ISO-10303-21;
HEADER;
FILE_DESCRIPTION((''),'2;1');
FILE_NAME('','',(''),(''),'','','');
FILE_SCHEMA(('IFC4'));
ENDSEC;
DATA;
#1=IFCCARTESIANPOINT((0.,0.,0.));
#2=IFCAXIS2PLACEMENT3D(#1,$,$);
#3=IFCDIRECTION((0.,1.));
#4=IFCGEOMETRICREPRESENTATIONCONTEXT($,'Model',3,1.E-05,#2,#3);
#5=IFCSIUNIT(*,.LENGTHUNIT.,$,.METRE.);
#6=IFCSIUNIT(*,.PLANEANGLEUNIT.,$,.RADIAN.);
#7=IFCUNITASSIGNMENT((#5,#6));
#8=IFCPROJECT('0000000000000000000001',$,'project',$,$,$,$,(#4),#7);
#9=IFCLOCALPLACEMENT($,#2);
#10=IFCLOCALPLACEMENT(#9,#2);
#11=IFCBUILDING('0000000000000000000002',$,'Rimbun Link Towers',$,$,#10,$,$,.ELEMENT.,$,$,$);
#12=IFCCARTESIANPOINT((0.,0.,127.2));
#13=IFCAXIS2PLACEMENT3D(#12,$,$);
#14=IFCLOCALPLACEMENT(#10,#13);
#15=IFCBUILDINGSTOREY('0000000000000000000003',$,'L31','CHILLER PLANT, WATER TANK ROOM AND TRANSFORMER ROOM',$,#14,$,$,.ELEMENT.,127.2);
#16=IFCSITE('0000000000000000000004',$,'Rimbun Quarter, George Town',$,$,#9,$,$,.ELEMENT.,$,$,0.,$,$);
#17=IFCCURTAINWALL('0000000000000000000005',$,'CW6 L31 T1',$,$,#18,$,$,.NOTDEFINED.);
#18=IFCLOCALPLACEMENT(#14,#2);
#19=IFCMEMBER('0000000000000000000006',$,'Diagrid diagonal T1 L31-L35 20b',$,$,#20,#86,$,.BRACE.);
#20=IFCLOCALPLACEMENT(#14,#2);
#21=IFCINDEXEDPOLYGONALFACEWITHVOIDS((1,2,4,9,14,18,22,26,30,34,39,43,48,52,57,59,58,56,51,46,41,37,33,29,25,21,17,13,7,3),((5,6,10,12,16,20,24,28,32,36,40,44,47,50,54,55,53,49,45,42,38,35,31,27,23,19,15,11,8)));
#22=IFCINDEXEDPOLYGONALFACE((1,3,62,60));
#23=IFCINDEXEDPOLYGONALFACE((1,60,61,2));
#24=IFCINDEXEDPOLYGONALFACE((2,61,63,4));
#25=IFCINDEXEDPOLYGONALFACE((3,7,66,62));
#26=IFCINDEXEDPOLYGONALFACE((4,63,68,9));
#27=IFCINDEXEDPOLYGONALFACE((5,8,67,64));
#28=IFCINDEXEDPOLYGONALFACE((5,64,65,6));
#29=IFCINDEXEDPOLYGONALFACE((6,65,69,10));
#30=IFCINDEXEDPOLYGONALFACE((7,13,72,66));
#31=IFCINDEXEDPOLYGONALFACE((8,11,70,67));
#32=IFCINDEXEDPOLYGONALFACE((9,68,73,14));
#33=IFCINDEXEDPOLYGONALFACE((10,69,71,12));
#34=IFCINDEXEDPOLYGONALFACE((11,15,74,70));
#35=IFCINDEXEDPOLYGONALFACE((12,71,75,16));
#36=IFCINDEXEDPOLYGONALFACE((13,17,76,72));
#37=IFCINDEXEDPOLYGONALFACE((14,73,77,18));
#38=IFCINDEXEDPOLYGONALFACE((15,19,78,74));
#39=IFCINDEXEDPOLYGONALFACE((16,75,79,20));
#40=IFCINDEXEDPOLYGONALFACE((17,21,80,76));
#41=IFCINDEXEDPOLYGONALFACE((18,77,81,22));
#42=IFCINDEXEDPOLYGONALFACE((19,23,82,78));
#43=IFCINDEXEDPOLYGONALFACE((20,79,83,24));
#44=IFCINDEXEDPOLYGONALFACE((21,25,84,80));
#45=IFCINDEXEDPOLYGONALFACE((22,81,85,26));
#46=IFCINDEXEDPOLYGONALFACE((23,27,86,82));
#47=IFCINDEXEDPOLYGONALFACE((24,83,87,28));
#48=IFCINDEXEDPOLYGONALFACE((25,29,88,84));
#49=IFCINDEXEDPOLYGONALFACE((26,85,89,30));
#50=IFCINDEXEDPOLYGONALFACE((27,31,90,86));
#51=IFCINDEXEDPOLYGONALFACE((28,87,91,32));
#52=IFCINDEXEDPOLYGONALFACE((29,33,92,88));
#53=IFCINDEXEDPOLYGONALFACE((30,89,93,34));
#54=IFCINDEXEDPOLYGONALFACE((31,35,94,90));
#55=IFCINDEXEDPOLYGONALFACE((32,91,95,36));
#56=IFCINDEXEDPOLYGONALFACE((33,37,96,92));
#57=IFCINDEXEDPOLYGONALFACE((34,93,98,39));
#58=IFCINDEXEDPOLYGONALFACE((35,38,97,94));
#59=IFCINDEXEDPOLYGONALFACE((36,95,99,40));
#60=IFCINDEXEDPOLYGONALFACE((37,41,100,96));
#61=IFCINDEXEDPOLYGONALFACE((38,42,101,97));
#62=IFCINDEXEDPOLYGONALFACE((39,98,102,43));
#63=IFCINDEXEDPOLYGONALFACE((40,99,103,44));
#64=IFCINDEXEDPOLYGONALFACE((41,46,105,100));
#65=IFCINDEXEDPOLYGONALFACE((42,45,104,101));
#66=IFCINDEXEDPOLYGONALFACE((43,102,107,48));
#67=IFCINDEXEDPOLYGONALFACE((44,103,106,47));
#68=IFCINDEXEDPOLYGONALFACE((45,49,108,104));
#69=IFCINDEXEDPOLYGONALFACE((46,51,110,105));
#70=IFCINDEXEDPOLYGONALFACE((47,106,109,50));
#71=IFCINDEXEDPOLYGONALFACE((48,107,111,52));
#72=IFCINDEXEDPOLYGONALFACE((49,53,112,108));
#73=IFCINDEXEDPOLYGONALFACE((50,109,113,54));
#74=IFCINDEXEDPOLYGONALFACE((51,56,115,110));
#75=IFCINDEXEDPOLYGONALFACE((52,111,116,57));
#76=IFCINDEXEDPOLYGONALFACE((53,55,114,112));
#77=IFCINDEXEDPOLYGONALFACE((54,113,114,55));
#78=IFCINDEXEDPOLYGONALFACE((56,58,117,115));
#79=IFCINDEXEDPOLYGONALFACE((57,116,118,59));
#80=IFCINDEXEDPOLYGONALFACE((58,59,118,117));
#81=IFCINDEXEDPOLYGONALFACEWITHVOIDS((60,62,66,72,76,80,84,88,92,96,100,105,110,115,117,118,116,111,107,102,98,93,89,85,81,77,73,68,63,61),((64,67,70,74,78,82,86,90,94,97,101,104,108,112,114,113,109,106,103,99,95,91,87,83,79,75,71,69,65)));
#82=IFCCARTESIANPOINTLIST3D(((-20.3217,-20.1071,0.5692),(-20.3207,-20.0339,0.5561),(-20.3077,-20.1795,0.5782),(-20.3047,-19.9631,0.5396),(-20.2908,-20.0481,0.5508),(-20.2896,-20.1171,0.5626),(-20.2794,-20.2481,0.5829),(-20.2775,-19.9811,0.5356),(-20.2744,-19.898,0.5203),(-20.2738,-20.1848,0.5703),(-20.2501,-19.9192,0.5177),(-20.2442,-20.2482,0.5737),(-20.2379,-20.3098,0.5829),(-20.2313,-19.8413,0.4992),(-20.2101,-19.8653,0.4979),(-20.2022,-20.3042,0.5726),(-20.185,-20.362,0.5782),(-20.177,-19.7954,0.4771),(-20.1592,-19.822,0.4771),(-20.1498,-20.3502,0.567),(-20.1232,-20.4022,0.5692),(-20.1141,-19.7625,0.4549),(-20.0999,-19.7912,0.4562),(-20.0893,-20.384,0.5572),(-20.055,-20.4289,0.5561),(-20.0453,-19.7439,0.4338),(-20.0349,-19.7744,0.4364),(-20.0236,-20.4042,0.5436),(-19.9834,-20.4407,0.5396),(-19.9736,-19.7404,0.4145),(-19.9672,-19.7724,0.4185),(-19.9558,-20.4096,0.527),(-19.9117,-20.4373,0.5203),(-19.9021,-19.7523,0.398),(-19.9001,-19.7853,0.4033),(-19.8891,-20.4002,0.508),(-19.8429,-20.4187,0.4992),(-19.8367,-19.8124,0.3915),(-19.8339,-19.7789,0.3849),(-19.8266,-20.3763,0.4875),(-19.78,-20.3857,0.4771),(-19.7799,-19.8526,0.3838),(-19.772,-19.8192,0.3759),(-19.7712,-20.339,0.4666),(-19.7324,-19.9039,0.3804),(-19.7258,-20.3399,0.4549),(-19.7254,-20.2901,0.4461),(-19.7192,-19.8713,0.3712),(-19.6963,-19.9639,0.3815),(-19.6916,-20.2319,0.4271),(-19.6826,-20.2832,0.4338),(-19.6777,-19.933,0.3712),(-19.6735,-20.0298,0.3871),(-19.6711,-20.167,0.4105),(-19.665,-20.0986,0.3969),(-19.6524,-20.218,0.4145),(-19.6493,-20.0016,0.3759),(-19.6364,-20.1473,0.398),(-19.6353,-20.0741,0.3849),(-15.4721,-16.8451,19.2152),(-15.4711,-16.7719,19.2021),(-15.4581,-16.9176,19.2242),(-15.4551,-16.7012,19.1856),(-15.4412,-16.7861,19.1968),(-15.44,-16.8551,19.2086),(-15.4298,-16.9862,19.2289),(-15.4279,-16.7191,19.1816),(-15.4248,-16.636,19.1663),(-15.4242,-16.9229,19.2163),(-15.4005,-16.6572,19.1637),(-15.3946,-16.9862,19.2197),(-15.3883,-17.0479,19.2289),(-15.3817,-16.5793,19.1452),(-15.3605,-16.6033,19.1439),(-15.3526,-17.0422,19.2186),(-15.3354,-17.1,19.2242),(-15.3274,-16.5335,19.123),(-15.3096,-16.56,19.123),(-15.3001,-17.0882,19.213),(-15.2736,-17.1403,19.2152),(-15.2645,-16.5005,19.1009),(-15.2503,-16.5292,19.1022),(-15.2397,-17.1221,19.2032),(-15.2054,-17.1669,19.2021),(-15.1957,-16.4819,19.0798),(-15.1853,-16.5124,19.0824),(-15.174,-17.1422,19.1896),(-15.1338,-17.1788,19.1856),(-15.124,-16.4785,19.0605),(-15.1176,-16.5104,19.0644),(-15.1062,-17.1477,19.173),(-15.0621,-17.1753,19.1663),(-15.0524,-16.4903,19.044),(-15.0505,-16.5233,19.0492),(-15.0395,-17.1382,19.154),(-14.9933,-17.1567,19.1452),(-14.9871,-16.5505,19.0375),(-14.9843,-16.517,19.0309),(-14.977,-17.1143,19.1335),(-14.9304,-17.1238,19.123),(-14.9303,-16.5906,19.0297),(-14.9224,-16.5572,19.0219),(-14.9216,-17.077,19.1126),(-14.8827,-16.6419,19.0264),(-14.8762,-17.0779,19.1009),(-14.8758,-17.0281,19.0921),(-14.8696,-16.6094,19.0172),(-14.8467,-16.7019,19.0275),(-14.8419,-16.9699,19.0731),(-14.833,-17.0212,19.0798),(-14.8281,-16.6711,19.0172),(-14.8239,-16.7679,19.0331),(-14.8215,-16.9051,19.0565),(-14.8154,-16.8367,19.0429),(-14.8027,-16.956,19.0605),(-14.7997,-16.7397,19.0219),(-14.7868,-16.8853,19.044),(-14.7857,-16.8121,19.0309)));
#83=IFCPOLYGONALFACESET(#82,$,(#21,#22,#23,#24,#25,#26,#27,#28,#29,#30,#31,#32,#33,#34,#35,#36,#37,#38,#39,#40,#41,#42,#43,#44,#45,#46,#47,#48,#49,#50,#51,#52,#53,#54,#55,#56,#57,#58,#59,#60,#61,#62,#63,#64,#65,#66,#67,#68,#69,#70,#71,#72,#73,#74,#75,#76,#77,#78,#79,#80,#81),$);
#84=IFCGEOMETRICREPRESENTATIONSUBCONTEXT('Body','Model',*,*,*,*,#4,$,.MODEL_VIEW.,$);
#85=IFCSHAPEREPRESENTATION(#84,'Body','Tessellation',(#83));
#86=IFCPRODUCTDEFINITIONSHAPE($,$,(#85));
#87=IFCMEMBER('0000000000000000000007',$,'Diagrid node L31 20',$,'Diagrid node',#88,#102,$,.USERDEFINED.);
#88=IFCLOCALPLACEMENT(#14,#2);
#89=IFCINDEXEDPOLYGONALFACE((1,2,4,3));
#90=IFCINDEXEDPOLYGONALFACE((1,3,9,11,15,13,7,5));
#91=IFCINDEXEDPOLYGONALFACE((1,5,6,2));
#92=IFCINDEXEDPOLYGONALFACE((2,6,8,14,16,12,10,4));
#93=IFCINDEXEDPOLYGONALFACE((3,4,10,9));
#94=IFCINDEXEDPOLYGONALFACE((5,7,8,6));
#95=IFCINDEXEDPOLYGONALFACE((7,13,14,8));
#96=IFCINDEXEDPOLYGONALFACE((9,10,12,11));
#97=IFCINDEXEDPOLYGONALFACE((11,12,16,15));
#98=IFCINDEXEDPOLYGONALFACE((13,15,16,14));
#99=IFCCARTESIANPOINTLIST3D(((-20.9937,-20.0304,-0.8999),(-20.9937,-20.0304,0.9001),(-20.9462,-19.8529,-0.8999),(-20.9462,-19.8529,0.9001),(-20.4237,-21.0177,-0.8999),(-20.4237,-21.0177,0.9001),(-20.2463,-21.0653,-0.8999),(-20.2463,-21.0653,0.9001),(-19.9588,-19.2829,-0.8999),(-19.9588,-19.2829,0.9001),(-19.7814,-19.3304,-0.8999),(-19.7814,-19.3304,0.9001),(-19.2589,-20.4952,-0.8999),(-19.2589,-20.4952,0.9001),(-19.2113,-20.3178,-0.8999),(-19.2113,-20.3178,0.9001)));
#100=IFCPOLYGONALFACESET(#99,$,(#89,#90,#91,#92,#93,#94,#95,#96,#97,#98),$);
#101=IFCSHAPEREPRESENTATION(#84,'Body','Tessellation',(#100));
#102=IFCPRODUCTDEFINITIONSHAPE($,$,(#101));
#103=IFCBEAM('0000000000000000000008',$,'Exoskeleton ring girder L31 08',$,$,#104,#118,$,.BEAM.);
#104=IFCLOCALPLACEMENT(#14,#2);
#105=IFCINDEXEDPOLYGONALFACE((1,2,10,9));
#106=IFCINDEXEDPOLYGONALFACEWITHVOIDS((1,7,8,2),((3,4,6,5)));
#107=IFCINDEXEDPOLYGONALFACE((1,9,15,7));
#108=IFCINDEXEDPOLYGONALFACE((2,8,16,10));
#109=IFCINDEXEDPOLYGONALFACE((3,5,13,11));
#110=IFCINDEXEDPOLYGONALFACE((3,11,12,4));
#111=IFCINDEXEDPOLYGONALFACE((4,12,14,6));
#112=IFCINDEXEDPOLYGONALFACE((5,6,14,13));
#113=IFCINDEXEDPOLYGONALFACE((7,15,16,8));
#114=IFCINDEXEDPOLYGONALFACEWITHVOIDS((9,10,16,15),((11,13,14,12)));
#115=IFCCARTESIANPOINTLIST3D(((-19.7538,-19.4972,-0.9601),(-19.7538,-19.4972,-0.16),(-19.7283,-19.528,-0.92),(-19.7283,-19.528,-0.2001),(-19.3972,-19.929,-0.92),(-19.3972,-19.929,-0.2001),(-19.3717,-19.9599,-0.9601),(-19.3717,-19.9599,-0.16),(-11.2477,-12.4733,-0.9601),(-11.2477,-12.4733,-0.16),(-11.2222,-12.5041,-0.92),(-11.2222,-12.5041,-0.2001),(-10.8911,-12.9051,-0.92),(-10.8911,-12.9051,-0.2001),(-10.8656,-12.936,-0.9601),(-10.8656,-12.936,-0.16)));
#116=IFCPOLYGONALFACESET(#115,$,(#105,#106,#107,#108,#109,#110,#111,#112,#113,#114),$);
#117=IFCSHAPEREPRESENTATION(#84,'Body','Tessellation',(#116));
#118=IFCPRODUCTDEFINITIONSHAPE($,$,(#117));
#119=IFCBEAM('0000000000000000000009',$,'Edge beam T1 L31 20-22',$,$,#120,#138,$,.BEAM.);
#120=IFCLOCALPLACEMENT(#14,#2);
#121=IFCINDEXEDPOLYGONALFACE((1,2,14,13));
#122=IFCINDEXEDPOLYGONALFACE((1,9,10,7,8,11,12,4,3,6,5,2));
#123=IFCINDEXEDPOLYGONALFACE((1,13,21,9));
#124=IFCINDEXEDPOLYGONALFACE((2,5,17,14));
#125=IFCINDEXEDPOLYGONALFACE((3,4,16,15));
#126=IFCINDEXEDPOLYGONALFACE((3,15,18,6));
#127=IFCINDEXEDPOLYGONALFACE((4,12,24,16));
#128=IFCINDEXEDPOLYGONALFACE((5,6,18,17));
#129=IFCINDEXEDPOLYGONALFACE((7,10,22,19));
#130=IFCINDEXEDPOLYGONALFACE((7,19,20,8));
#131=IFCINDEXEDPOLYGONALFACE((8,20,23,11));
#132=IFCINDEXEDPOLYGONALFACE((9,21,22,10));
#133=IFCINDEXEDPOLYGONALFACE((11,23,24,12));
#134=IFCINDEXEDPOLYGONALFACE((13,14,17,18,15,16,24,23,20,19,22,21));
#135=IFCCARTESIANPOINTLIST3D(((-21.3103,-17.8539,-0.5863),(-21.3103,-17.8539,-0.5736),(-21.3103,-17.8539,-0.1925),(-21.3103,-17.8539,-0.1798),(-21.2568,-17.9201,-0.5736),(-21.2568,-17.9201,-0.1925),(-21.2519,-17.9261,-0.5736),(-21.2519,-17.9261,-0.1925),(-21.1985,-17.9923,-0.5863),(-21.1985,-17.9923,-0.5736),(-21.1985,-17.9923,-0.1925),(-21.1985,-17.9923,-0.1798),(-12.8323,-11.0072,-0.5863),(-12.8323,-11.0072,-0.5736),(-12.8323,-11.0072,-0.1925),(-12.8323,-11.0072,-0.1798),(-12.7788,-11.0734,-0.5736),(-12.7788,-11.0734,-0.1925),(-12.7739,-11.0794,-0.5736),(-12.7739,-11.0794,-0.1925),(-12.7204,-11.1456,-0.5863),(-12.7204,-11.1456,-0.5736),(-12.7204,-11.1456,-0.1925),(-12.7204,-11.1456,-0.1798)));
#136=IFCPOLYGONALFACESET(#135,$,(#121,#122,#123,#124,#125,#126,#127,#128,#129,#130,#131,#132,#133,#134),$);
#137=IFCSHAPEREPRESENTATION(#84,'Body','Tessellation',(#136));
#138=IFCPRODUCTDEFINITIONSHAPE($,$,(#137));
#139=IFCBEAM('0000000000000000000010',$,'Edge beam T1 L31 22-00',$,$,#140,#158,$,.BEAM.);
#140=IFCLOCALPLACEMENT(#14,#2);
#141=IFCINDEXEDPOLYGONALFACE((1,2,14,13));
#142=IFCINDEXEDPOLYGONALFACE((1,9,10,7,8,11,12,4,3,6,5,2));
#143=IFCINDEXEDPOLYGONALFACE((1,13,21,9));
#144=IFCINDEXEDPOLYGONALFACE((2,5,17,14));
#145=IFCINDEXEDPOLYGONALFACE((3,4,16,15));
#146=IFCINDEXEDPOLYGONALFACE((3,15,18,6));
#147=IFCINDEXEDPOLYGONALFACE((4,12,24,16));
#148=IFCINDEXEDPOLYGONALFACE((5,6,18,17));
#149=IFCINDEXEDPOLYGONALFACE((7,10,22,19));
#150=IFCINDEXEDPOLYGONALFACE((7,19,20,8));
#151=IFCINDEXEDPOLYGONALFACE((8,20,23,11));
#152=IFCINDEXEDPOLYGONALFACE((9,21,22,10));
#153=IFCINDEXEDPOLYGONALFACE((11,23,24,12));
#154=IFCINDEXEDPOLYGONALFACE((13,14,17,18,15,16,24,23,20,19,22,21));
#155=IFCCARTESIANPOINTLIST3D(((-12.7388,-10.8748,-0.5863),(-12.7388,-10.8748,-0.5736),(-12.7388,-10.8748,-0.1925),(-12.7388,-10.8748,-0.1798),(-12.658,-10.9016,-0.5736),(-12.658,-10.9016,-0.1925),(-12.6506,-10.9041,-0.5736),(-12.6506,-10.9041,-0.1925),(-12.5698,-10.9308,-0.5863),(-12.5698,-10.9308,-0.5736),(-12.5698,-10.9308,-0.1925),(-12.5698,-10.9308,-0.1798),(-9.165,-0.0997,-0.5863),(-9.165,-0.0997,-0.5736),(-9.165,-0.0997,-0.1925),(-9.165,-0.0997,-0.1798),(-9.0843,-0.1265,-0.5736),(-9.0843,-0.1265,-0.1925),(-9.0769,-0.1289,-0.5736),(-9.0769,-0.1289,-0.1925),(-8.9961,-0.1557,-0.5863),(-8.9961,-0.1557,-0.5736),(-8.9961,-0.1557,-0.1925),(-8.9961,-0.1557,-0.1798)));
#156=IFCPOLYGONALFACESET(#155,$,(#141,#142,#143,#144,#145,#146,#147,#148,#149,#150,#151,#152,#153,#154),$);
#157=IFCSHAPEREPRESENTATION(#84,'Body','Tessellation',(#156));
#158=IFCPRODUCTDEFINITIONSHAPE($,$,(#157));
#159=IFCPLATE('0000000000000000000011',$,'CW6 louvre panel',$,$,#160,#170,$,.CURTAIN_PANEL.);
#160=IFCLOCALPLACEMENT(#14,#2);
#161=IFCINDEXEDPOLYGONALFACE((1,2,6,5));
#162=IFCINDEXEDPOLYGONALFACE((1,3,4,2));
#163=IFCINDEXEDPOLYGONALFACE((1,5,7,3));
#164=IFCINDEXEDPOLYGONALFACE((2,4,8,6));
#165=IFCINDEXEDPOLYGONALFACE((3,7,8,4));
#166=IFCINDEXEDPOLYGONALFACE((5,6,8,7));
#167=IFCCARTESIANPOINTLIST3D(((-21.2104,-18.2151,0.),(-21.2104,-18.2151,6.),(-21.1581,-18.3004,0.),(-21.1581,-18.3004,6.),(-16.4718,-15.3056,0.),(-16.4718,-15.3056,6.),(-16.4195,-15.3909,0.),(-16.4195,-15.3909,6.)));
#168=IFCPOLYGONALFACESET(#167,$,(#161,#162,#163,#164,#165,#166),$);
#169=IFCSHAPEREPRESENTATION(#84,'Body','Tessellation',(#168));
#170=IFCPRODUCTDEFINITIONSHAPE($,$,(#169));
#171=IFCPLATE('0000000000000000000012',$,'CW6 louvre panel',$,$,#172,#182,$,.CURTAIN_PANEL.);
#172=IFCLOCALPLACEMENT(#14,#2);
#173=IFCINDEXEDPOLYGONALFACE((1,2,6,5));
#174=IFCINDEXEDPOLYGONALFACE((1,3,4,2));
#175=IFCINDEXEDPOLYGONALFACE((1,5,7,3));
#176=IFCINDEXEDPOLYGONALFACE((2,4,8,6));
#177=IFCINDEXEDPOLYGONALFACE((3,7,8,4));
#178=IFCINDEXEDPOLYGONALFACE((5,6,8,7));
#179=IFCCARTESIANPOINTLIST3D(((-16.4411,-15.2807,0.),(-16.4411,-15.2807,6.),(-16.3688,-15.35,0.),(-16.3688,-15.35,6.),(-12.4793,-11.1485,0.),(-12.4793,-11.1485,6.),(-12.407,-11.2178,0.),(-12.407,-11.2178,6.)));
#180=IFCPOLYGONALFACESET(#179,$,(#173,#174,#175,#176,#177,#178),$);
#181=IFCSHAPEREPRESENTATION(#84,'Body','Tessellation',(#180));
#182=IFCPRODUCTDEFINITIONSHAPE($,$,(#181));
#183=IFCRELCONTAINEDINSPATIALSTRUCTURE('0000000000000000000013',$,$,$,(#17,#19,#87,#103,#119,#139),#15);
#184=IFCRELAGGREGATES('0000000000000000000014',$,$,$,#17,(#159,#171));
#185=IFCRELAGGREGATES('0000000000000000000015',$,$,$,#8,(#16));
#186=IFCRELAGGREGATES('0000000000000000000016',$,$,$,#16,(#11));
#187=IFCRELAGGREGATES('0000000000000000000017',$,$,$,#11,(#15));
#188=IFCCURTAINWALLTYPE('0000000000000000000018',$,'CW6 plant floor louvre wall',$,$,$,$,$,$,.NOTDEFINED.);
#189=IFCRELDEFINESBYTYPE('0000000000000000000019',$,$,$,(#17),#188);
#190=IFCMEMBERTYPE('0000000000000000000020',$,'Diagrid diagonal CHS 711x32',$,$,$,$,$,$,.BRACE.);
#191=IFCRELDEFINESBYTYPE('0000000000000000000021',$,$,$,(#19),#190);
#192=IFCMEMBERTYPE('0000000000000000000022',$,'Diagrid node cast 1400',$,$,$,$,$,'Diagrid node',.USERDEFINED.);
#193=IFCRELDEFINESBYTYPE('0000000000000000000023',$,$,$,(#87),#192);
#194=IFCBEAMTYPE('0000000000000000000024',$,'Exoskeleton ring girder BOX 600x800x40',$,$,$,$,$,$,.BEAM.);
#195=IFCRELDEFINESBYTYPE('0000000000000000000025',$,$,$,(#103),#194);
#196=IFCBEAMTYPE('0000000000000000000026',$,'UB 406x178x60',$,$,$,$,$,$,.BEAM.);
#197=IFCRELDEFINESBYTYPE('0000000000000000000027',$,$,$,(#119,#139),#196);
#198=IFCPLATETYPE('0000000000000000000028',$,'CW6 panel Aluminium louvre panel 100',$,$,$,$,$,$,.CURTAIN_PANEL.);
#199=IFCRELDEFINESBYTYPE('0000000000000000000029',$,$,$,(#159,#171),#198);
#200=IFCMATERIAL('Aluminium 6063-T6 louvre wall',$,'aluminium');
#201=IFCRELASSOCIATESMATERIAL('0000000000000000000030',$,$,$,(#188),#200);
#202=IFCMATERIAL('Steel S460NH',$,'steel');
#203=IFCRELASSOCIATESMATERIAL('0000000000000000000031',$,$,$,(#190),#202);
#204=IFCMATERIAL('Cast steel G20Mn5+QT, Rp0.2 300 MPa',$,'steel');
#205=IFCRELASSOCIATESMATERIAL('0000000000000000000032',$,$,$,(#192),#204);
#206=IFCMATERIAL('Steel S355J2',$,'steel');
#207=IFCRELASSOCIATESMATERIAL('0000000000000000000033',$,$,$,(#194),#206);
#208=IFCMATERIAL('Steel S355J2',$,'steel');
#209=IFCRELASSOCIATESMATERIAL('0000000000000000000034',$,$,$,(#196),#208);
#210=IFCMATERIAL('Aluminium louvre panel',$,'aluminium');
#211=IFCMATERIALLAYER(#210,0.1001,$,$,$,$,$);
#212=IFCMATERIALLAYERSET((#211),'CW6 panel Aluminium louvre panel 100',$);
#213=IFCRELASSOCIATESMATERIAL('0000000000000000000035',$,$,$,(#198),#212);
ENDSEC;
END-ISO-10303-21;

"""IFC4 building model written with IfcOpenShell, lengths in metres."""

from ifc_helpers import new_model, si_unit, direction, frame, origin, origin_2d, place, context, subcontext, project, spatial, polyline, rectangle, hollow_rectangle, hollow_circle, i_section, outline, extrude, material, layer, layer_set, material_profile, profile_set, type_object, element, aggregate, save


model = new_model("IFC4")

# Units and contexts
model_context = context("Model", 3, precision=1e-05, world=origin(), true_north=direction((0.0, 1.0)))
body_context = subcontext(model_context, "Body", "Model", "MODEL_VIEW")
ifc_project = project(units=[si_unit("LENGTHUNIT", "METRE"), si_unit("PLANEANGLEUNIT", "RADIAN")], contexts=[model_context])

# Site, building, storey
site_placement = place(None, origin())
site = spatial("IfcSite", under=ifc_project, at=site_placement, Name="Rimbun Quarter, George Town", CompositionType="ELEMENT", RefElevation=0.0)
building_placement = place(site_placement, origin())
building = spatial("IfcBuilding", under=site, at=building_placement, Name="Rimbun Link Towers", CompositionType="ELEMENT")
storey_placement = place(building_placement, frame((0.0, 0.0, 127.2)))
storey = spatial("IfcBuildingStorey", under=building, at=storey_placement, Name="L31", Description="CHILLER PLANT, WATER TANK ROOM AND TRANSFORMER ROOM", CompositionType="ELEMENT", Elevation=127.2)

# Curtain wall
ifc_material_1 = material(Name="Aluminium 6063-T6 louvre wall", Category="aluminium")
curtain_wall_type = type_object("IfcCurtainWallType", Name="CW6 plant floor louvre wall", PredefinedType="NOTDEFINED", material=ifc_material_1)
curtain_wall_placement = place(storey_placement, origin())
curtain_wall = element("IfcCurtainWall", 1, at=curtain_wall_placement, inside=storey, type_object=curtain_wall_type, Name="CW6 L31 T1", PredefinedType="NOTDEFINED")

# Members
ifc_material_2 = material(Name="Steel S460NH", Category="steel")
ifc_material_profile_1 = material_profile(ifc_material_2, hollow_circle(Radius=0.3557, WallThickness=0.032, at=origin_2d()), Name="Diagrid diagonal CHS 711x32")
ifc_profile_set_1 = profile_set([ifc_material_profile_1], Name="Steel S460NH")
member_type_1 = type_object("IfcMemberType", Name="Diagrid diagonal CHS 711x32", PredefinedType="BRACE", material=ifc_profile_set_1)
member_1_placement = place(storey_placement, frame((-19.9785, -20.0906, 0.4771), z_axis=(0.248182, 0.166933, 0.954222), x_axis=(-0.558118, 0.829762, 0.0)))
element("IfcMember", 2, at=member_1_placement, inside=storey, type_object=member_type_1, Name="Diagrid diagonal T1 L31-L35 20b", PredefinedType="BRACE", context=body_context, shape_type="SweptSolid", body=[
    extrude(hollow_circle(Radius=0.3557, WallThickness=0.032, at=origin_2d()), origin(), (0.0, 0.0, 1.0), 19.5405),
])
ifc_material_3 = material(Name="Cast steel G20Mn5+QT, Rp0.2 300 MPa", Category="steel")
ifc_material_profile_2 = material_profile(ifc_material_3, outline(polyline([(0.7, -0.5701), (0.7, 0.5701), (0.5701, 0.7), (-0.5701, 0.7), (-0.7, 0.5701), (-0.7, -0.5701), (-0.5701, -0.7), (0.5701, -0.7), (0.7, -0.5701)])), Name="NODE 1400x1400")
ifc_profile_set_2 = profile_set([ifc_material_profile_2], Name="Cast steel G20Mn5+QT, Rp0.2 300 MPa")
member_type_2 = type_object("IfcMemberType", Name="Diagrid node cast 1400", ElementType="Diagrid node", PredefinedType="USERDEFINED", material=ifc_profile_set_2)
member_2_placement = place(storey_placement, frame((-20.1025, -20.1741, -0.8999), z_axis=(0.0, 0.0, 1.0), x_axis=(0.5, -0.866025, 0.0)))
element("IfcMember", 3, at=member_2_placement, inside=storey, type_object=member_type_2, Name="Diagrid node L31 20", ObjectType="Diagrid node", PredefinedType="USERDEFINED", context=body_context, shape_type="SweptSolid", body=[
    extrude(outline(polyline([(0.7, -0.5701), (0.7, 0.5701), (0.5701, 0.7), (-0.5701, 0.7), (-0.7, 0.5701), (-0.7, -0.5701), (-0.5701, -0.7), (0.5701, -0.7), (0.7, -0.5701)])), origin(), (0.0, 0.0, 1.0), 1.8),
])

# Beams
ifc_material_4 = material(Name="Steel S355J2", Category="steel")
ifc_material_profile_3 = material_profile(ifc_material_4, hollow_rectangle(XDim=0.6001, YDim=0.8, WallThickness=0.04, at=origin_2d()), Name="Exoskeleton ring girder BOX 600x800x40")
ifc_profile_set_3 = profile_set([ifc_material_profile_3], Name="Steel S355J2")
beam_type_1 = type_object("IfcBeamType", Name="Exoskeleton ring girder BOX 600x800x40", PredefinedType="BEAM", material=ifc_profile_set_3)
beam_1_placement = place(storey_placement, frame((-19.5627, -19.7285, -0.5601), z_axis=(0.771089, 0.636728, 0.0), x_axis=(-0.636728, 0.771089, 0.0)))
element("IfcBeam", 4, at=beam_1_placement, inside=storey, type_object=beam_type_1, Name="Exoskeleton ring girder L31 08", PredefinedType="BEAM", context=body_context, shape_type="SweptSolid", body=[
    extrude(hollow_rectangle(XDim=0.6001, YDim=0.8, WallThickness=0.04, at=origin_2d()), origin(), (0.0, 0.0, 1.0), 11.0312),
])
ifc_material_5 = material(Name="Steel S355J2", Category="steel")
ifc_material_profile_4 = material_profile(ifc_material_5, i_section(OverallWidth=0.178, OverallDepth=0.4065, WebThickness=0.0078, FlangeThickness=0.0127, at=origin_2d()), Name="UB 406x178x60")
ifc_profile_set_4 = profile_set([ifc_material_profile_4], Name="Steel S355J2")
beam_type_2 = type_object("IfcBeamType", Name="UB 406x178x60", PredefinedType="BEAM", material=ifc_profile_set_4)
beam_2_placement = place(storey_placement, frame((-21.2544, -17.9231, -0.3831), z_axis=(0.777984, 0.628284, 0.0), x_axis=(-0.628284, 0.777984, 0.0)))
element("IfcBeam", 5, at=beam_2_placement, inside=storey, type_object=beam_type_2, Name="Edge beam T1 L31 20-22", PredefinedType="BEAM", context=body_context, shape_type="SweptSolid", body=[
    extrude(i_section(OverallWidth=0.178, OverallDepth=0.4065, WebThickness=0.0078, FlangeThickness=0.0127, at=origin_2d()), origin(), (0.0, 0.0, 1.0), 10.8975),
])
beam_3_placement = place(storey_placement, frame((-12.6543, -10.9028, -0.3831), z_axis=(0.314802, 0.949158, 0.0), x_axis=(-0.949158, 0.314802, 0.0)))
element("IfcBeam", 6, at=beam_3_placement, inside=storey, type_object=beam_type_2, Name="Edge beam T1 L31 22-00", PredefinedType="BEAM", context=body_context, shape_type="SweptSolid", body=[
    extrude(i_section(OverallWidth=0.178, OverallDepth=0.4065, WebThickness=0.0078, FlangeThickness=0.0127, at=origin_2d()), origin(), (0.0, 0.0, 1.0), 11.3523),
])

# Plates
ifc_material_6 = material(Name="Aluminium louvre panel", Category="aluminium")
ifc_layer_1 = layer(ifc_material_6, 0.1001)
ifc_layer_set_1 = layer_set([ifc_layer_1], Name="CW6 panel Aluminium louvre panel 100")
plate_type = type_object("IfcPlateType", Name="CW6 panel Aluminium louvre panel 100", PredefinedType="CURTAIN_PANEL", material=ifc_layer_set_1)
plate_1_placement = place(storey_placement, frame((-18.8149, -16.803, 0.0), z_axis=(0.0, 0.0, 1.0), x_axis=(-0.852183, -0.523244, 0.0)))
plate_1 = element("IfcPlate", 7, at=plate_1_placement, type_object=plate_type, Name="CW6 louvre panel", PredefinedType="CURTAIN_PANEL", context=body_context, shape_type="SweptSolid", body=[
    extrude(rectangle(XDim=5.5605, YDim=0.1001, at=origin_2d()), origin(), (0.0, 0.0, 1.0), 6.0),
])
plate_2_placement = place(storey_placement, frame((-14.4241, -13.2493, 0.0), z_axis=(0.0, 0.0, 1.0), x_axis=(-0.692066, -0.721834, 0.0)))
plate_2 = element("IfcPlate", 8, at=plate_2_placement, type_object=plate_type, Name="CW6 louvre panel", PredefinedType="CURTAIN_PANEL", context=body_context, shape_type="SweptSolid", body=[
    extrude(rectangle(XDim=5.7246, YDim=0.1001, at=origin_2d()), origin(), (0.0, 0.0, 1.0), 6.0),
])
aggregate(curtain_wall, [plate_1, plate_2])

save(model, "model.ifc")
